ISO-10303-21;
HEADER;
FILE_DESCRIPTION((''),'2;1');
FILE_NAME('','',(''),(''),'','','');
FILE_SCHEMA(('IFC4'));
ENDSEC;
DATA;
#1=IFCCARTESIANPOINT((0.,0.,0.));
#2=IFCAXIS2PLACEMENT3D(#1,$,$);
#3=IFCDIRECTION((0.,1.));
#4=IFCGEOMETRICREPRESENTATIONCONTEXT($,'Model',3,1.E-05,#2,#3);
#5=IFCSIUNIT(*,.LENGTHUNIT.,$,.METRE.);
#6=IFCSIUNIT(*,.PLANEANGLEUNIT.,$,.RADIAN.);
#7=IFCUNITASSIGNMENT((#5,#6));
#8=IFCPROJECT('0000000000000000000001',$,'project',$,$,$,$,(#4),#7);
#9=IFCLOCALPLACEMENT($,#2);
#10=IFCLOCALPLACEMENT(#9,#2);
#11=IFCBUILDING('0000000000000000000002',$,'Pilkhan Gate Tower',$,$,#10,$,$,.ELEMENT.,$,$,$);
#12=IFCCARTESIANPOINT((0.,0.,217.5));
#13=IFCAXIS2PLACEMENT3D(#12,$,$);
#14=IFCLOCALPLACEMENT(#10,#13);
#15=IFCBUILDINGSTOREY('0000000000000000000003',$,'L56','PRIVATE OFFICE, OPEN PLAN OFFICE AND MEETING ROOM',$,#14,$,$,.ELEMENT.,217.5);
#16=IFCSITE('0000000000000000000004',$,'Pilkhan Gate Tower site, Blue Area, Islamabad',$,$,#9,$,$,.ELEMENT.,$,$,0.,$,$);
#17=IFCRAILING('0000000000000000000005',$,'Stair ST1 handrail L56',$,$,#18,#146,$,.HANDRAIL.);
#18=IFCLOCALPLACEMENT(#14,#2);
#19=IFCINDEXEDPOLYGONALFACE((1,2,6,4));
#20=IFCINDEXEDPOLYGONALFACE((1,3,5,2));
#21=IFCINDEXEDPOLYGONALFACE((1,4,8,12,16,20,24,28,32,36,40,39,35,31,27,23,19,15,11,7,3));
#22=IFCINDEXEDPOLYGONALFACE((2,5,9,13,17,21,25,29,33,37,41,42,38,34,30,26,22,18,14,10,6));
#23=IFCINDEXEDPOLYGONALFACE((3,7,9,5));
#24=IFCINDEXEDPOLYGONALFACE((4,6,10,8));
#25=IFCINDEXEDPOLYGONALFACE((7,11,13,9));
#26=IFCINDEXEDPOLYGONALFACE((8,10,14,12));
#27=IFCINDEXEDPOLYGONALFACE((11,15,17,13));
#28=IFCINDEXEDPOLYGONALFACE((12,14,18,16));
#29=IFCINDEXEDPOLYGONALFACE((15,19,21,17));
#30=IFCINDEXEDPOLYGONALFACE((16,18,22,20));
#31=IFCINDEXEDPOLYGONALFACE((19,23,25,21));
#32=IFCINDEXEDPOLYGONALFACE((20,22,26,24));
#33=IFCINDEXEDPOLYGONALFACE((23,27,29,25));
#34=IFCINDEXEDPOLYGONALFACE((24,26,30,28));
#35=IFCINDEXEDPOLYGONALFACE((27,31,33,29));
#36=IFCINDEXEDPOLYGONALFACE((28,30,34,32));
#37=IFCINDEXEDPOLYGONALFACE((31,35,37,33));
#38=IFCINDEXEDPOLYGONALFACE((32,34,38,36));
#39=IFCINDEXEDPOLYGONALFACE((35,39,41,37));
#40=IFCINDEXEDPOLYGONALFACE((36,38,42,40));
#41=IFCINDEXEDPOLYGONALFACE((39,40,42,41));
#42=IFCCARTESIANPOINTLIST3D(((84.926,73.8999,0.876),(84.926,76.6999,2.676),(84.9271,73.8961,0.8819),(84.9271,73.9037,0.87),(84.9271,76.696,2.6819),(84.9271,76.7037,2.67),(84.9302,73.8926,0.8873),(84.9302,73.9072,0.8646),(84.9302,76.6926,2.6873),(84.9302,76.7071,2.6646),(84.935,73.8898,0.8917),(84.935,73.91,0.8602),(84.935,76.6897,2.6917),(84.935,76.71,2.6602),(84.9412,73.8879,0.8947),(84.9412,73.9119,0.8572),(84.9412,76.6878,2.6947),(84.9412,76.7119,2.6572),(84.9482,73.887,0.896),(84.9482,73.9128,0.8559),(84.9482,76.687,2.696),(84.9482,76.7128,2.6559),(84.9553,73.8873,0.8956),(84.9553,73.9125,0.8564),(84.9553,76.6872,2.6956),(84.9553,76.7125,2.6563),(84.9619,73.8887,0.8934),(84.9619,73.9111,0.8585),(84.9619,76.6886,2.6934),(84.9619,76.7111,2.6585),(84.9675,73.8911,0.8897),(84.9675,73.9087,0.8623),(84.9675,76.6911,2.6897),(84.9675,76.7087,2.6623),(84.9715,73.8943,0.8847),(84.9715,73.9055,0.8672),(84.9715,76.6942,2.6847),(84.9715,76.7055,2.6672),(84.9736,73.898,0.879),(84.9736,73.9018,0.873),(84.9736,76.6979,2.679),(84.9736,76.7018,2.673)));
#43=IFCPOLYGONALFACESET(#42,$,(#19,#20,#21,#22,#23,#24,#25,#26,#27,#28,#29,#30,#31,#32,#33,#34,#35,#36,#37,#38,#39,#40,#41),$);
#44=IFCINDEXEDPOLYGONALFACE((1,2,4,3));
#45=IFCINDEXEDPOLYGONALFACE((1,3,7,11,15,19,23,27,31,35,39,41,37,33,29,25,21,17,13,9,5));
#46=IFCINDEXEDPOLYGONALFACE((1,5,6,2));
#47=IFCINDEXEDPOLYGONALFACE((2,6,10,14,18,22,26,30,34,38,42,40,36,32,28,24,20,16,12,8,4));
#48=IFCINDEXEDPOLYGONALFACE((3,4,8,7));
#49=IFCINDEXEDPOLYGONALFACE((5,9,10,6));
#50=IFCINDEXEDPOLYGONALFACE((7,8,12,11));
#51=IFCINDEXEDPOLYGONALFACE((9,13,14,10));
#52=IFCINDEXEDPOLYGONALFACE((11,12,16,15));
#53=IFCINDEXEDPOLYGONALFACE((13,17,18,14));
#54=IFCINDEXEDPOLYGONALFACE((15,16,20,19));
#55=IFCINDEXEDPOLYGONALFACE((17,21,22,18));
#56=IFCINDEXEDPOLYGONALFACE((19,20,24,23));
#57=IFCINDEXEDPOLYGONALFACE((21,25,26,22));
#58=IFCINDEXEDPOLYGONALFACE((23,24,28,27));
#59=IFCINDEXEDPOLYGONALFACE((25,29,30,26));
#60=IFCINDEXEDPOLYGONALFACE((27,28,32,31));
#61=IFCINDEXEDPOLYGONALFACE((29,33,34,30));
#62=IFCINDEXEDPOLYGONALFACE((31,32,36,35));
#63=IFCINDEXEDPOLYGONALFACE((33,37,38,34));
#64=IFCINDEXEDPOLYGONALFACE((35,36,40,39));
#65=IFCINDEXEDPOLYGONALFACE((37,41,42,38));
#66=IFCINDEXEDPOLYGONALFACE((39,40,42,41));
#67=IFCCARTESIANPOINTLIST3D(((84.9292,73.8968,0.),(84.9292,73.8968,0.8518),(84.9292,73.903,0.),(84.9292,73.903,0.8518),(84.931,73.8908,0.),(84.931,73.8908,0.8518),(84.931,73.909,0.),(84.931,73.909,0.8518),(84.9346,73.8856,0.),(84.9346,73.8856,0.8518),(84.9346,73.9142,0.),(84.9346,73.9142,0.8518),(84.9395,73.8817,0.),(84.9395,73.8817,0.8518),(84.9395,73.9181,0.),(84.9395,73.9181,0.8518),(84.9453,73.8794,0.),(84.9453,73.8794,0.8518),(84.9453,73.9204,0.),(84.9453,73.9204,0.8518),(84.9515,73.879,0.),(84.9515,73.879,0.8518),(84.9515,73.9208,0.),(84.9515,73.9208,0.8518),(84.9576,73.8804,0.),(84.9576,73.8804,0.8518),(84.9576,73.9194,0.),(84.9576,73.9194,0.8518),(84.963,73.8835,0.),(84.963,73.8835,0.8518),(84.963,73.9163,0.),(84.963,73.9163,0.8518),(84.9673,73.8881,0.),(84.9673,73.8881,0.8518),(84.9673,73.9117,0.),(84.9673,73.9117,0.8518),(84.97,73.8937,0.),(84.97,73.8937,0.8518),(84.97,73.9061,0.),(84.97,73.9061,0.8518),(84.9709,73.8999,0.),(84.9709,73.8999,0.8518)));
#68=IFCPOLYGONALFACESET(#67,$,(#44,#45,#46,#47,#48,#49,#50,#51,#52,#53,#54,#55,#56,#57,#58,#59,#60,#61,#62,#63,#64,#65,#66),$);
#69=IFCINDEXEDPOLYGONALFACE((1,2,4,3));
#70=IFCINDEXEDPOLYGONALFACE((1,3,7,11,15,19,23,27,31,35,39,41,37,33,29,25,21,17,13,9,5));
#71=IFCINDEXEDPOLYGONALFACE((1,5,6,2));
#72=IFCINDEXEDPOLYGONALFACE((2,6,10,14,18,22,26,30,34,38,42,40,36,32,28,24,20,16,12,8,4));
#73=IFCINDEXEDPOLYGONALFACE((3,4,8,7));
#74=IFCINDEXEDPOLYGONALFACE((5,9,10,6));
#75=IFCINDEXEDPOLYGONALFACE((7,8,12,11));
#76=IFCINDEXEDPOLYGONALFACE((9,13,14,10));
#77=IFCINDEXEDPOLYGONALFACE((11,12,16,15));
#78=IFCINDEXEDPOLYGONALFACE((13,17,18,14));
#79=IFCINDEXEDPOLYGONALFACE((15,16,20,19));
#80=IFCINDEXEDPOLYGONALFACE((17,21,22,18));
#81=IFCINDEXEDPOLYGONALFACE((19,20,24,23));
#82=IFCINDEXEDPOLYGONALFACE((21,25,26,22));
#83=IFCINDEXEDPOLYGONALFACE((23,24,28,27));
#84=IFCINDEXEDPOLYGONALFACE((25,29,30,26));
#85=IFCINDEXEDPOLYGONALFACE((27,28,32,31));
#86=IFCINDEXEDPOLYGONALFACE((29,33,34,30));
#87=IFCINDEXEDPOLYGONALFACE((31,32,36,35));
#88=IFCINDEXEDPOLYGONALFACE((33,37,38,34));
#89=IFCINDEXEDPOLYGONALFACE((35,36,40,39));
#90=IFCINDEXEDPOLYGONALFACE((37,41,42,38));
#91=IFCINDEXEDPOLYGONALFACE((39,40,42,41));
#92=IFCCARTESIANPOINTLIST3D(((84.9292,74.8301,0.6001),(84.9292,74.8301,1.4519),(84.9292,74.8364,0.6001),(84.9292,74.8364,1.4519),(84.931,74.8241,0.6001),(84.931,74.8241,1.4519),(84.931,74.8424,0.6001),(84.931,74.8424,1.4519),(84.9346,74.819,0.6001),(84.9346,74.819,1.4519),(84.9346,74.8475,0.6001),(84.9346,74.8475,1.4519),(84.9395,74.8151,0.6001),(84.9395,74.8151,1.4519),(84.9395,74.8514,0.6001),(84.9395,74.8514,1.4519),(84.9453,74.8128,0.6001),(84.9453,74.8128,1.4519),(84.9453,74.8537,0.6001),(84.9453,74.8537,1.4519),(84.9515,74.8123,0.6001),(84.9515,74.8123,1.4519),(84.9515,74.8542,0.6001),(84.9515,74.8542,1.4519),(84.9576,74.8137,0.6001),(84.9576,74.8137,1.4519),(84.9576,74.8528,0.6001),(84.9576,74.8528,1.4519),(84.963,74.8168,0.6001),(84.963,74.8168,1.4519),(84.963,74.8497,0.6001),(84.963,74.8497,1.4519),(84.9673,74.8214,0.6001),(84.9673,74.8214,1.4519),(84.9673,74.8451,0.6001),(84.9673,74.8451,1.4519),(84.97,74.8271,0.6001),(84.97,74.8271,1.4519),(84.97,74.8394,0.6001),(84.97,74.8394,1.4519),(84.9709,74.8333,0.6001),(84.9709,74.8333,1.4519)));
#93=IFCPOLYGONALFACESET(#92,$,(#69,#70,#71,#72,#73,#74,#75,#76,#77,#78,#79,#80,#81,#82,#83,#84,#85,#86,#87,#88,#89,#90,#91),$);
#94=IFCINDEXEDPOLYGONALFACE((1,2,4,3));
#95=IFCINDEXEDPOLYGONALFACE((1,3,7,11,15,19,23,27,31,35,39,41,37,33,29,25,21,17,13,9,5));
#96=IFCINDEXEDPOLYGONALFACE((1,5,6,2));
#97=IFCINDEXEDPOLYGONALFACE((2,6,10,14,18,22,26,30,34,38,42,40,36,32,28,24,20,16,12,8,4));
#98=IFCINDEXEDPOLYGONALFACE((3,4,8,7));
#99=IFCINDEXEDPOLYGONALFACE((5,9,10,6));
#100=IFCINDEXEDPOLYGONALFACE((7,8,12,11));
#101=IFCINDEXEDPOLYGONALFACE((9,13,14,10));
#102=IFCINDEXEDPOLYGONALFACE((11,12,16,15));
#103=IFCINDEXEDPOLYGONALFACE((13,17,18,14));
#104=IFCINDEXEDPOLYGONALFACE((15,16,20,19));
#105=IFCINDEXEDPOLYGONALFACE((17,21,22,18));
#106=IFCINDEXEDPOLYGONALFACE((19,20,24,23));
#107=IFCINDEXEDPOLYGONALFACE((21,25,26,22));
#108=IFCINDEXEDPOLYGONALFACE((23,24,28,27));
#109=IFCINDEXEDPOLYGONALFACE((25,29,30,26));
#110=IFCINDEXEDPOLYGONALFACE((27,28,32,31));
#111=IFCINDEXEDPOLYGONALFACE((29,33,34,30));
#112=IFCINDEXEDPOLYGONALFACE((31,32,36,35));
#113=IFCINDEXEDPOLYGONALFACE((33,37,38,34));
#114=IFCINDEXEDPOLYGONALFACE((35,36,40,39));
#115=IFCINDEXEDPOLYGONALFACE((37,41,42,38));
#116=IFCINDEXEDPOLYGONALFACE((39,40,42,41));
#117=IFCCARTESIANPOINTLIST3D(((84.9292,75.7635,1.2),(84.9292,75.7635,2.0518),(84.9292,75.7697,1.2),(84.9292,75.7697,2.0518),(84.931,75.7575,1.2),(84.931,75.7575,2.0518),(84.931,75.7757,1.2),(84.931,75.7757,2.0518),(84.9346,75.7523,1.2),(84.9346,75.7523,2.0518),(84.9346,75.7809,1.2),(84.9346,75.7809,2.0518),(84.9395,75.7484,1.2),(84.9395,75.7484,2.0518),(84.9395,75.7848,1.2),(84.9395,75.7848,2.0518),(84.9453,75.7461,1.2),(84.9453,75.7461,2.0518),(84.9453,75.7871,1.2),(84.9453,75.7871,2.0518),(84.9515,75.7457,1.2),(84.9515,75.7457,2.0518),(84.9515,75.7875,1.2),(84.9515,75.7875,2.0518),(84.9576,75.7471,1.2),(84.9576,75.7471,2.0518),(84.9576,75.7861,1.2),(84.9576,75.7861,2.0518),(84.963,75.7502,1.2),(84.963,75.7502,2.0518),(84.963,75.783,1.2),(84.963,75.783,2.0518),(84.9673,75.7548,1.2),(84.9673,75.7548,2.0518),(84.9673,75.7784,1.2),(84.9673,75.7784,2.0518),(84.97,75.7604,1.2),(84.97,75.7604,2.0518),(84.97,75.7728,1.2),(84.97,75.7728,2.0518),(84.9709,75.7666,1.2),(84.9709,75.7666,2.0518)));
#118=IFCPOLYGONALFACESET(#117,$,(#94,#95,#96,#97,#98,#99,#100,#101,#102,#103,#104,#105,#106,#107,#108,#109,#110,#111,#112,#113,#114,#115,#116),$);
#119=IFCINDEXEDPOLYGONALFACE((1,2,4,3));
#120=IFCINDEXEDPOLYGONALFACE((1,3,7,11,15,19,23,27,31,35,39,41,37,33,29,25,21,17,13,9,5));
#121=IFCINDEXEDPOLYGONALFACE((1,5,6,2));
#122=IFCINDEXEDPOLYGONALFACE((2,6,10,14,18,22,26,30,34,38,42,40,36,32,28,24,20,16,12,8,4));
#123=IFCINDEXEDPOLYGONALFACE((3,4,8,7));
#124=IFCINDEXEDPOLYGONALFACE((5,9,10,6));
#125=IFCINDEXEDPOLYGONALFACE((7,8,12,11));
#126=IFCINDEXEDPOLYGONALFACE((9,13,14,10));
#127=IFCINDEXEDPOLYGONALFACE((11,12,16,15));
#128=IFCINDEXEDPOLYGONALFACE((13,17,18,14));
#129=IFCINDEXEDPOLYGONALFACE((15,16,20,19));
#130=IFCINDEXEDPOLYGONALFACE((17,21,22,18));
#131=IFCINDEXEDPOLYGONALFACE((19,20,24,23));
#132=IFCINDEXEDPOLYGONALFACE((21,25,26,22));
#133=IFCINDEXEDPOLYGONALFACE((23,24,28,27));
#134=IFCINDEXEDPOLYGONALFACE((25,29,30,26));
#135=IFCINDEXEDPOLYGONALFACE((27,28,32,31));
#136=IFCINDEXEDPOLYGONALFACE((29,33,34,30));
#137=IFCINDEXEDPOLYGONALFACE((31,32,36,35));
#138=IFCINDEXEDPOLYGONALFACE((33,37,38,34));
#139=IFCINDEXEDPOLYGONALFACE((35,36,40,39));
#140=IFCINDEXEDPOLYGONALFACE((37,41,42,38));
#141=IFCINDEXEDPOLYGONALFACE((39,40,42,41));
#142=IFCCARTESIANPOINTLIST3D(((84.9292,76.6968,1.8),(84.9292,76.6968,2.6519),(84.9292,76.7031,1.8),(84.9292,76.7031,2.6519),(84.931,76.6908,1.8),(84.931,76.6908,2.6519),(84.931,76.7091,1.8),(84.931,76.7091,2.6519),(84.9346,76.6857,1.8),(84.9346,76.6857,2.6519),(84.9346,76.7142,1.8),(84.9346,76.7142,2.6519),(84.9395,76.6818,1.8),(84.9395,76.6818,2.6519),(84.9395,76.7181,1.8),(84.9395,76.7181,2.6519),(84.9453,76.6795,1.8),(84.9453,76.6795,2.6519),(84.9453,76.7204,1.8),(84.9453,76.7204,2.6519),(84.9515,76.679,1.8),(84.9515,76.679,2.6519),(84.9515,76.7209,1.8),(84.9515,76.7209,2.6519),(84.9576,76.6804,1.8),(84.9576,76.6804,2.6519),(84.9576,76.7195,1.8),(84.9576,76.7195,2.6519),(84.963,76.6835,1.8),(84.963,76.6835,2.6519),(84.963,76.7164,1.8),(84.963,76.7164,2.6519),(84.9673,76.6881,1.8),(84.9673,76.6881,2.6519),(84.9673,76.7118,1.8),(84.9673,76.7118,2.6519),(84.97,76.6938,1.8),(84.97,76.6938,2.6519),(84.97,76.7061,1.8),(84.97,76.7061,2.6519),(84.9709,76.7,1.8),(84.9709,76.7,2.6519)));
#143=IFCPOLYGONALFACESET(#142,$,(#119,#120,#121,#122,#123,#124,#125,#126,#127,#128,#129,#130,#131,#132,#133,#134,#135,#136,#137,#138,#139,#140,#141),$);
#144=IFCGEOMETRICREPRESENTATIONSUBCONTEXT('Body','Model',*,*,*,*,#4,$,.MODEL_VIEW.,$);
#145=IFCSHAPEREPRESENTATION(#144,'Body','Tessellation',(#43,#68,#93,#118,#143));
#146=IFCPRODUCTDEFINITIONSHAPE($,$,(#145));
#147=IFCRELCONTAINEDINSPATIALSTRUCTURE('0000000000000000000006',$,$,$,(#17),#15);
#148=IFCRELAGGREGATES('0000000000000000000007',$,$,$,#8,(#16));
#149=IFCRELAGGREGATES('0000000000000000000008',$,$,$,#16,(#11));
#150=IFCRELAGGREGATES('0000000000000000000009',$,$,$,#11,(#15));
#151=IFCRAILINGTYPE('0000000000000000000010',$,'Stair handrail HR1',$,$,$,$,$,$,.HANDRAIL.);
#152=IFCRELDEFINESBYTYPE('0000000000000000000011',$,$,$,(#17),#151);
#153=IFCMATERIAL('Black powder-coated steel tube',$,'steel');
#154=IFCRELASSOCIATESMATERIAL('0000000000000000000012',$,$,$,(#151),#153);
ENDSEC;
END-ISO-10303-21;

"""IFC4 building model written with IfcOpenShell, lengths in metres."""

from ifc_helpers import new_model, si_unit, direction, frame, origin, origin_2d, place, context, subcontext, project, spatial, circle, extrude, material, type_object, element, save


model = new_model("IFC4")

# Units and contexts
model_context = context("Model", 3, precision=1e-05, world=origin(), true_north=direction((0.0, 1.0)))
body_context = subcontext(model_context, "Body", "Model", "MODEL_VIEW")
ifc_project = project(units=[si_unit("LENGTHUNIT", "METRE"), si_unit("PLANEANGLEUNIT", "RADIAN")], contexts=[model_context])

# Site, building, storey
site_placement = place(None, origin())
site = spatial("IfcSite", under=ifc_project, at=site_placement, Name="Pilkhan Gate Tower site, Blue Area, Islamabad", CompositionType="ELEMENT", RefElevation=0.0)
building_placement = place(site_placement, origin())
building = spatial("IfcBuilding", under=site, at=building_placement, Name="Pilkhan Gate Tower", CompositionType="ELEMENT")
storey_placement = place(building_placement, frame((0.0, 0.0, 217.5)))
storey = spatial("IfcBuildingStorey", under=building, at=storey_placement, Name="L56", Description="PRIVATE OFFICE, OPEN PLAN OFFICE AND MEETING ROOM", CompositionType="ELEMENT", Elevation=217.5)

# Railing
ifc_material_1 = material(Name="Black powder-coated steel tube", Category="steel")
railing_type = type_object("IfcRailingType", Name="Stair handrail HR1", PredefinedType="HANDRAIL", material=ifc_material_1)
railing_placement = place(storey_placement, frame((84.95, 73.8999, 0.0)))
element("IfcRailing", 1, at=railing_placement, inside=storey, type_object=railing_type, Name="Stair ST1 handrail L56", PredefinedType="HANDRAIL", context=body_context, shape_type="SweptSolid", body=[
    extrude(circle(Radius=0.0239, at=origin_2d()), frame((0.0, 0.0, 0.876), z_axis=(0.0, 0.841176, 0.540761), x_axis=(-1.0, 0.0, 0.0)), (0.0, 0.0, 1.0), 3.3286),
    extrude(circle(Radius=0.021, at=origin_2d()), origin(), (0.0, 0.0, 1.0), 0.8518),
    extrude(circle(Radius=0.021, at=origin_2d()), frame((0.0, 0.9333, 0.6001)), (0.0, 0.0, 1.0), 0.8518),
    extrude(circle(Radius=0.021, at=origin_2d()), frame((0.0, 1.8667, 1.2)), (0.0, 0.0, 1.0), 0.8518),
    extrude(circle(Radius=0.021, at=origin_2d()), frame((0.0, 2.8, 1.8)), (0.0, 0.0, 1.0), 0.8518),
])

save(model, "model.ifc")
